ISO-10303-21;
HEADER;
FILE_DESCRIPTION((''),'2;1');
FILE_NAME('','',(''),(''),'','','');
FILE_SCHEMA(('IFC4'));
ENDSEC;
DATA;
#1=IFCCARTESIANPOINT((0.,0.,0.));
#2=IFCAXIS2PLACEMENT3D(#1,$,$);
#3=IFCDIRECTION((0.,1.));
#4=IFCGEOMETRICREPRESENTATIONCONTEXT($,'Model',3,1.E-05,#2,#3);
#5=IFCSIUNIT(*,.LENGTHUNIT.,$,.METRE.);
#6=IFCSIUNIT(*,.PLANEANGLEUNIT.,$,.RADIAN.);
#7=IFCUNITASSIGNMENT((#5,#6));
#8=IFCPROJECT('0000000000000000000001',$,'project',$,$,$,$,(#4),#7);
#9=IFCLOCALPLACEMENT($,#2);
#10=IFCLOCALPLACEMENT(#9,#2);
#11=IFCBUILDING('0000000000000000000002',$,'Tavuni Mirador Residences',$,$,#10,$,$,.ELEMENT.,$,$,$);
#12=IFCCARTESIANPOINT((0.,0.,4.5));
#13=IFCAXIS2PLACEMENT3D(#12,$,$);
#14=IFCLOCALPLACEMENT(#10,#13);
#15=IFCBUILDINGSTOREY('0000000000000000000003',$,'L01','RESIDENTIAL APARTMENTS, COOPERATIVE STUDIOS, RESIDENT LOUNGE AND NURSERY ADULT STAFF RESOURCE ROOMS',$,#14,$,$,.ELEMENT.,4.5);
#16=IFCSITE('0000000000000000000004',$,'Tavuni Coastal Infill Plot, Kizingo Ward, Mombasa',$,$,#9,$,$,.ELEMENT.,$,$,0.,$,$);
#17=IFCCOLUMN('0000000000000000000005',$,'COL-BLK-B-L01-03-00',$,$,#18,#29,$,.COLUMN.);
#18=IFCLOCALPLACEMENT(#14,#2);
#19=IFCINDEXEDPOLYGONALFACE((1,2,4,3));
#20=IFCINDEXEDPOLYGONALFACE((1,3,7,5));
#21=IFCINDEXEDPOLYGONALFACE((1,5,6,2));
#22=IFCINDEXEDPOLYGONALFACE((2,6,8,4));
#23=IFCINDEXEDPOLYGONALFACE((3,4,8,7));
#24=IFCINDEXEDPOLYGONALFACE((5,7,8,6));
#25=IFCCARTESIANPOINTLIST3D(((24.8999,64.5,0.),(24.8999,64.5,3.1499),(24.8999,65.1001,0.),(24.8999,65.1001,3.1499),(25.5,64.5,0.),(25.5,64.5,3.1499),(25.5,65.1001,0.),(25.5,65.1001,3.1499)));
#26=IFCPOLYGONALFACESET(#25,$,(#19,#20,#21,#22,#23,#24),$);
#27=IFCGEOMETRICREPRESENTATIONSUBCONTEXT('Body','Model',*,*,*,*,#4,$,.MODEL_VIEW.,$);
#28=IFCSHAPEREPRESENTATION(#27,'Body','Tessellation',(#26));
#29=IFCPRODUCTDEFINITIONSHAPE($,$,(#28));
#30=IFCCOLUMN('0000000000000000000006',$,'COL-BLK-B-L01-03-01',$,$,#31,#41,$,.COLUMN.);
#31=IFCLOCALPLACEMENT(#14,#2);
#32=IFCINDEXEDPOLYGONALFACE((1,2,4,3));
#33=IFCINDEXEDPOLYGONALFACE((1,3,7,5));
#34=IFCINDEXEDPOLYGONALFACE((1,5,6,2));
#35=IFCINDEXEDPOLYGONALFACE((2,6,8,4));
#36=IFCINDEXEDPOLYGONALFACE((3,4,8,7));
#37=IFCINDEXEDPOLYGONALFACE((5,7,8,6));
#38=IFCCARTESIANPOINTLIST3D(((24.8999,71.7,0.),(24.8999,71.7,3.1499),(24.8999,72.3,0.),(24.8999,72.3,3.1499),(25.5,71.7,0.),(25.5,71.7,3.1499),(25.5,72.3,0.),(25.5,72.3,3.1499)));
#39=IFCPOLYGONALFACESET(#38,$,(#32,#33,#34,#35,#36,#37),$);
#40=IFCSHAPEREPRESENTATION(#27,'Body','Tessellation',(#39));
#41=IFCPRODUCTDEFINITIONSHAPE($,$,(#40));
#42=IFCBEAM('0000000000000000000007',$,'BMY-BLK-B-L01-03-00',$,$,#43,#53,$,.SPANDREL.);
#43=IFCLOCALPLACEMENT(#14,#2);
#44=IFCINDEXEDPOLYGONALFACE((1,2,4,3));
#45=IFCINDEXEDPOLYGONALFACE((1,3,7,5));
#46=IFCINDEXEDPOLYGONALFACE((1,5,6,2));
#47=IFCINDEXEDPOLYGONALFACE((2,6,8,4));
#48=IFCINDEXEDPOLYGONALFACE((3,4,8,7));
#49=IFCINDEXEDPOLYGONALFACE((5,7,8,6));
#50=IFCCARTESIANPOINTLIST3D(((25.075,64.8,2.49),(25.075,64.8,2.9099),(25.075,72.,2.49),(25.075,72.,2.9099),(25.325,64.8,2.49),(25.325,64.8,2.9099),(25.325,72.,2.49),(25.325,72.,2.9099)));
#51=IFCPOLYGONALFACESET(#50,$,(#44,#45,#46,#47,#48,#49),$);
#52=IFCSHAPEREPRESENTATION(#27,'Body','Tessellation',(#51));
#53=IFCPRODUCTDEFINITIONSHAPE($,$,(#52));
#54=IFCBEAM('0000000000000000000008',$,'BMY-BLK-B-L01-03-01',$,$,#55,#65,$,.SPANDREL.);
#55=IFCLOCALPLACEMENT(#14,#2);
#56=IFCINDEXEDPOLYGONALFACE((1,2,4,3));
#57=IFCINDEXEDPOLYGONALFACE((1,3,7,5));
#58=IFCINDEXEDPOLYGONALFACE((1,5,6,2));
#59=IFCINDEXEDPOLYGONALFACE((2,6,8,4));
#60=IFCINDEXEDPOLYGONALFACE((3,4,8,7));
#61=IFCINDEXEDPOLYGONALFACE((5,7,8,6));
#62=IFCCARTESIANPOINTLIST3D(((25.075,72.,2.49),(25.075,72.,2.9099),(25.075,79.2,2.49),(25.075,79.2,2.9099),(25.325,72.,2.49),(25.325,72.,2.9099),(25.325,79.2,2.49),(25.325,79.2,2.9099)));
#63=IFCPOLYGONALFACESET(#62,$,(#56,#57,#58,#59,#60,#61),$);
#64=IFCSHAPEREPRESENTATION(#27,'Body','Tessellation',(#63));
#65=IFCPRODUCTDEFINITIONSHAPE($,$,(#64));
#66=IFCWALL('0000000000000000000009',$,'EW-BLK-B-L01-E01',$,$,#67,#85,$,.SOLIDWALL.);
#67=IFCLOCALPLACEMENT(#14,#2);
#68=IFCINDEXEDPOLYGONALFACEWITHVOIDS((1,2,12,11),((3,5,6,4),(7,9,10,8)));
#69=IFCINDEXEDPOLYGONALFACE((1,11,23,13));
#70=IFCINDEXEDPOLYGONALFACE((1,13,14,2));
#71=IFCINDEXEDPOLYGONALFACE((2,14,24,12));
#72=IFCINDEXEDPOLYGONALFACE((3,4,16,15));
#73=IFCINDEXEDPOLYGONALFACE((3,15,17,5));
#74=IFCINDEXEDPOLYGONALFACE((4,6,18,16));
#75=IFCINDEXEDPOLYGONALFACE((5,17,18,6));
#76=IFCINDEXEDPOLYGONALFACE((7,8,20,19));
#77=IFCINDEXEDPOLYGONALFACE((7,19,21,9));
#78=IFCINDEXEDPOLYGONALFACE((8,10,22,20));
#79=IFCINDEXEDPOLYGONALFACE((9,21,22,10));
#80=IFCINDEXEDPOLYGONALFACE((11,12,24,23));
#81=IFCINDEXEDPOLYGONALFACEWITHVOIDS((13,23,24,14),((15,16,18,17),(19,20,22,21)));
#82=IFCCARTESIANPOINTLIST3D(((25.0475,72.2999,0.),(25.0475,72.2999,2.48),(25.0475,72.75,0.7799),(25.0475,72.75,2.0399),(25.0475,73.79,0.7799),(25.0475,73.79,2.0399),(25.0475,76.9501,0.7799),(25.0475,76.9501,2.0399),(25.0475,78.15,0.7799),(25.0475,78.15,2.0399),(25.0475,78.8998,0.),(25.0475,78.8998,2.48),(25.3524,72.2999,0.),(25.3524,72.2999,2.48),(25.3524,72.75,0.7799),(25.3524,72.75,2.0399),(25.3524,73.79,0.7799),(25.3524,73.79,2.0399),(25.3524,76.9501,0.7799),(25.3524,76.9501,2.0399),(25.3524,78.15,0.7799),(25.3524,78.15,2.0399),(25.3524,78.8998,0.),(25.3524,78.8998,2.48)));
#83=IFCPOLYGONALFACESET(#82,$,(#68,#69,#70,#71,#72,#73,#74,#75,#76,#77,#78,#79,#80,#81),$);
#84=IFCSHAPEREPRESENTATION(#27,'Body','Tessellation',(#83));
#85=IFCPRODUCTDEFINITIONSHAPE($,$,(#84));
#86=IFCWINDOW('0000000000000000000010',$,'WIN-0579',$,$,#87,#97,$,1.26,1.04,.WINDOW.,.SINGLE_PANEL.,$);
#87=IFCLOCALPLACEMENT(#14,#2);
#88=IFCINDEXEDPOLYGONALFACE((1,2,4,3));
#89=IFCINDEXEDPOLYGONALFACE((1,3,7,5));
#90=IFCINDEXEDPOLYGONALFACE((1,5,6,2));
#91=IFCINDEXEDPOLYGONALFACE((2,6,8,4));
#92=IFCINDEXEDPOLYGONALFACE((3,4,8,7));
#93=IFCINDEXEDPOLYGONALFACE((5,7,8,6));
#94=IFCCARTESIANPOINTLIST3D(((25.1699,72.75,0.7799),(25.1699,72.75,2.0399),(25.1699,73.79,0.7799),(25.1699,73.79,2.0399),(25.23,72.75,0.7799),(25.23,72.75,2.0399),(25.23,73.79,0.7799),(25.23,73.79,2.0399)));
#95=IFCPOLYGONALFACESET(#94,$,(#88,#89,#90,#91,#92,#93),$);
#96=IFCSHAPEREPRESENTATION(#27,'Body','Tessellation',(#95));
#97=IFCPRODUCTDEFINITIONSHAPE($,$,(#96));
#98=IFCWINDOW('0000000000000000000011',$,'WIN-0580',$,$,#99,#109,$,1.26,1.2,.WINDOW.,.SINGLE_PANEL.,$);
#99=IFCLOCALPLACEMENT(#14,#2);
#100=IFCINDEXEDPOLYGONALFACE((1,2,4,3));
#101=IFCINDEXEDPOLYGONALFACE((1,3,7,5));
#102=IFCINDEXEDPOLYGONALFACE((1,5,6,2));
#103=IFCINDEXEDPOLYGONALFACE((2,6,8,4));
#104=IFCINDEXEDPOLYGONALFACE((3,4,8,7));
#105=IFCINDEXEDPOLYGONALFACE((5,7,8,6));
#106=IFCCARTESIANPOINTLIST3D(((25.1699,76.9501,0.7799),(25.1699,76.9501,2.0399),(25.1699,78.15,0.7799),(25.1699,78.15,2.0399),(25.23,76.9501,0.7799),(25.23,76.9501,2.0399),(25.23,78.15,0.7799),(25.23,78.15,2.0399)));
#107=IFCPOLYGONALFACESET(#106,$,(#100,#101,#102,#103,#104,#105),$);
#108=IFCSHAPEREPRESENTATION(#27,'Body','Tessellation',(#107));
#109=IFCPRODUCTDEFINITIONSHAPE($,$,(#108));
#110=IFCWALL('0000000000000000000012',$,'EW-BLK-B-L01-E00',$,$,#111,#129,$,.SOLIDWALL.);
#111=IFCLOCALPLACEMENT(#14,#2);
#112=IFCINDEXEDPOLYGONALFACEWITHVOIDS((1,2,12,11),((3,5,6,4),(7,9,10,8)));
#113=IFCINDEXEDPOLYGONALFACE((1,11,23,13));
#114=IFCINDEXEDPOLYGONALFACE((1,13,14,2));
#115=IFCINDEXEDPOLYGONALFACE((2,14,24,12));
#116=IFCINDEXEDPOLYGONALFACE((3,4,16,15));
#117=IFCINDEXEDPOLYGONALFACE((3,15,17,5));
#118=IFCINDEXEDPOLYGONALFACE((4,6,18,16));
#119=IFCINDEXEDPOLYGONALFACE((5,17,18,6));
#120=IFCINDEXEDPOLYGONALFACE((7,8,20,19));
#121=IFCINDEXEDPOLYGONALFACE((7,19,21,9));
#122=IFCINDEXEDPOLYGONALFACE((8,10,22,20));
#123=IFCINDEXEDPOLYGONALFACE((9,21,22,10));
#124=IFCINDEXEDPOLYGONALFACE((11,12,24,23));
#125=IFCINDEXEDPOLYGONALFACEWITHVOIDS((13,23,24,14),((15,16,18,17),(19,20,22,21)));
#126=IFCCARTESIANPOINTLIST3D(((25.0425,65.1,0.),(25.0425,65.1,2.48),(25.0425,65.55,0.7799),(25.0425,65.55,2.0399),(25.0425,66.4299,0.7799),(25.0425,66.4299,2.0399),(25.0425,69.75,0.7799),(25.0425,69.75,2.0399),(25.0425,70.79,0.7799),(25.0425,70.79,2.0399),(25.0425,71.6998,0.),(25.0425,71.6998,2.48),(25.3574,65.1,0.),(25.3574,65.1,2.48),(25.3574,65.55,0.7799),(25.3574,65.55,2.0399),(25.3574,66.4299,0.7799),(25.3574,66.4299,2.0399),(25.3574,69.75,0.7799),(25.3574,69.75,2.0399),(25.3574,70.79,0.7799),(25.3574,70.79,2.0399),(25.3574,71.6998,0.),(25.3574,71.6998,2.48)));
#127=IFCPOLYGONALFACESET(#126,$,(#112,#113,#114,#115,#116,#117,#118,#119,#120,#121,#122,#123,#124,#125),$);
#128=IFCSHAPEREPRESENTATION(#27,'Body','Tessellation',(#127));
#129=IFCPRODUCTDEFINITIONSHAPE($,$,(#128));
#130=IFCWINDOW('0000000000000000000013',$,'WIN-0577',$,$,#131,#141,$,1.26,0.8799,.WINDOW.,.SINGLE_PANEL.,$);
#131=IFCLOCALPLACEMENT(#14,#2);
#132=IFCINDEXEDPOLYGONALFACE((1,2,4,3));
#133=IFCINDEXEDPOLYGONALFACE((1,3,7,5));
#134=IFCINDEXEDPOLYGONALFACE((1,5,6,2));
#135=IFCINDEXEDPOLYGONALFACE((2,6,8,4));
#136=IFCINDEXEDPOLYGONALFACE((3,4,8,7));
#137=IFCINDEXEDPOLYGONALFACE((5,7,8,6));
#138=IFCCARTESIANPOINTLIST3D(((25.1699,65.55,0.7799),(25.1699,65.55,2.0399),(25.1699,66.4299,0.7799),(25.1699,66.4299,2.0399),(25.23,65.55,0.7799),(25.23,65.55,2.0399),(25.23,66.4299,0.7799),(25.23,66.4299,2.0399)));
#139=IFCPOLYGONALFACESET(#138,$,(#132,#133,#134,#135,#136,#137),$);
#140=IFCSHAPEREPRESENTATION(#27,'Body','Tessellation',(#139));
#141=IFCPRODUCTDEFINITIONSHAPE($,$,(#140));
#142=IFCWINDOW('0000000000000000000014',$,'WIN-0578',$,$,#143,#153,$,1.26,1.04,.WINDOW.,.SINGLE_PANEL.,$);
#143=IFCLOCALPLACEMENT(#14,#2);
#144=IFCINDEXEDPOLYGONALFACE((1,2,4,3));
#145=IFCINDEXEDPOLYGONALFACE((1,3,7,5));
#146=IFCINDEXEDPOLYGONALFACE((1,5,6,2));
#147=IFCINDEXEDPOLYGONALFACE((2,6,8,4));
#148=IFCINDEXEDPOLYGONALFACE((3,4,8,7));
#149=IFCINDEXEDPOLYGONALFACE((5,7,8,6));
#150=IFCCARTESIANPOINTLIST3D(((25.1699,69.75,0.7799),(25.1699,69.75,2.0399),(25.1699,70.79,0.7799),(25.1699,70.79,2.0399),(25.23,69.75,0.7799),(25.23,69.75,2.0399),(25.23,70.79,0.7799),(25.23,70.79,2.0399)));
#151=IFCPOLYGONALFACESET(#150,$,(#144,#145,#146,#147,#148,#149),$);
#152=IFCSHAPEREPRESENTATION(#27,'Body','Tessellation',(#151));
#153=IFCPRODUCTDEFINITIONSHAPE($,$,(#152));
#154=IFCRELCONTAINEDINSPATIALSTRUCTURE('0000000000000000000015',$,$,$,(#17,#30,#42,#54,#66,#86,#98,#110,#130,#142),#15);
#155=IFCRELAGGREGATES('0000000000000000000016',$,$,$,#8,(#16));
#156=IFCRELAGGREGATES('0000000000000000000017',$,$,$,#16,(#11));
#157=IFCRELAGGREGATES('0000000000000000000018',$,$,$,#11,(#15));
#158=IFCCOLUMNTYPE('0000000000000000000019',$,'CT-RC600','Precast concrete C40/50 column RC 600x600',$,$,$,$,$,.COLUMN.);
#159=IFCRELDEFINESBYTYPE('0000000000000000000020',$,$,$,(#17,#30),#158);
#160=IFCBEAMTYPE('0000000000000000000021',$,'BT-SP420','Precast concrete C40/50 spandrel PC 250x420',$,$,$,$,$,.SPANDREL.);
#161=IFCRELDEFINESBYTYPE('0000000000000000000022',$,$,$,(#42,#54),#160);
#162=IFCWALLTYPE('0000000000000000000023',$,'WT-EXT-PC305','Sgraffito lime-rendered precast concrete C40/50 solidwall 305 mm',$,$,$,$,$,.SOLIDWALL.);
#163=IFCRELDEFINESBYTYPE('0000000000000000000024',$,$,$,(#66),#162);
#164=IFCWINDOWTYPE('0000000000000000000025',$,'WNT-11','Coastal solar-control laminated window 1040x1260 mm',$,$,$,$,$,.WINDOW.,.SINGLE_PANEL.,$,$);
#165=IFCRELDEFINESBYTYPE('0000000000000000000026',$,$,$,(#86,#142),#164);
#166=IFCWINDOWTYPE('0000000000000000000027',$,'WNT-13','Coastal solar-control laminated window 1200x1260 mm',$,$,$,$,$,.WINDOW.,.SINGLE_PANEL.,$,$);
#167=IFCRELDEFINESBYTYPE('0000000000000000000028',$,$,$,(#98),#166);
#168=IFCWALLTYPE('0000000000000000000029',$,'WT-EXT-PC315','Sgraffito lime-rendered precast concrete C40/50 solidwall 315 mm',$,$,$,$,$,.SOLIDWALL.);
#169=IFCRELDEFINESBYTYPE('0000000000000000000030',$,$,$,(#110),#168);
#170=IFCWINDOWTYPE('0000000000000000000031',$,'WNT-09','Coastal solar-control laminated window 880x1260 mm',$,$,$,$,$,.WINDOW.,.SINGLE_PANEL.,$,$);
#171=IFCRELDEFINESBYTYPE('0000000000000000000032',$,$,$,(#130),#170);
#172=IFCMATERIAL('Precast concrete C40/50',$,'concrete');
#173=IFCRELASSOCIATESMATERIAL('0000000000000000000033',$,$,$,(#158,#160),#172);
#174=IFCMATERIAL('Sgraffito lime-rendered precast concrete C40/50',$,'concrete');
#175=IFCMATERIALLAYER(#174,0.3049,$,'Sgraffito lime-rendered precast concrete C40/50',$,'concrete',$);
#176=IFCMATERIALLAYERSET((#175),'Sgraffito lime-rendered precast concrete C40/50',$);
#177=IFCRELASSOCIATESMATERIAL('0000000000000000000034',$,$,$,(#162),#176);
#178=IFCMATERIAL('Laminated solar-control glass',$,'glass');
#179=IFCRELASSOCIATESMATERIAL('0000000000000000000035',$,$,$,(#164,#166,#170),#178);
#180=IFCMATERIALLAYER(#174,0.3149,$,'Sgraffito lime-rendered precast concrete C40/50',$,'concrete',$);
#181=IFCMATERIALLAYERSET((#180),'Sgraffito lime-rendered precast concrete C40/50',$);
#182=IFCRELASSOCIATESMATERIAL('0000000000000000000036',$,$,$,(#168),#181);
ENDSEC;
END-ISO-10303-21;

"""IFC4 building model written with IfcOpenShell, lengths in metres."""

from ifc_helpers import new_model, si_unit, direction, frame, frame_2d, origin, origin_2d, place, context, subcontext, project, spatial, rectangle, extrude, material, layer, layer_set, material_profile, profile_set, type_object, element, fill, save


model = new_model("IFC4")

# Units and contexts
model_context = context("Model", 3, precision=1e-05, world=origin(), true_north=direction((0.0, 1.0)))
body_context = subcontext(model_context, "Body", "Model", "MODEL_VIEW")
ifc_project = project(units=[si_unit("LENGTHUNIT", "METRE"), si_unit("PLANEANGLEUNIT", "RADIAN")], contexts=[model_context])

# Site, building, storey
site_placement = place(None, origin())
site = spatial("IfcSite", under=ifc_project, at=site_placement, Name="Tavuni Coastal Infill Plot, Kizingo Ward, Mombasa", CompositionType="ELEMENT", RefElevation=0.0)
building_placement = place(site_placement, origin())
building = spatial("IfcBuilding", under=site, at=building_placement, Name="Tavuni Mirador Residences", CompositionType="ELEMENT")
storey_placement = place(building_placement, frame((0.0, 0.0, 4.5)))
storey = spatial("IfcBuildingStorey", under=building, at=storey_placement, Name="L01", Description="RESIDENTIAL APARTMENTS, COOPERATIVE STUDIOS, RESIDENT LOUNGE AND NURSERY ADULT STAFF RESOURCE ROOMS", CompositionType="ELEMENT", Elevation=4.5)

# Columns
ifc_material_1 = material(Name="Precast concrete C40/50", Category="concrete")
ifc_material_profile_1 = material_profile(ifc_material_1, rectangle(XDim=0.6001, YDim=0.6001, at=origin_2d()), Name="RC 600x600", Category="concrete")
ifc_profile_set_1 = profile_set([ifc_material_profile_1], Name="Precast concrete C40/50")
column_type = type_object("IfcColumnType", Name="CT-RC600", Description="Precast concrete C40/50 column RC 600x600", PredefinedType="COLUMN", material=ifc_profile_set_1)
for number, where, z_axis, x_axis, name in (
    (1, (25.2, 64.8, 0.0), (0.0, 0.0, 1.0), (1.0, 0.0, 0.0), "COL-BLK-B-L01-03-00"),
    (2, (25.2, 72.0, 0.0), (0.0, 0.0, 1.0), (1.0, 0.0, 0.0), "COL-BLK-B-L01-03-01"),
):
    element("IfcColumn", number, at=place(storey_placement, frame(where, z_axis=z_axis, x_axis=x_axis)), inside=storey, type_object=column_type, Name=name, PredefinedType="COLUMN", context=body_context, shape_type="SweptSolid", body=[
        extrude(rectangle(XDim=0.6001, YDim=0.6001, at=origin_2d()), origin(), (0.0, 0.0, 1.0), 3.1499),
    ])

# Beams
ifc_material_profile_2 = material_profile(ifc_material_1, rectangle(XDim=0.25, YDim=0.4199, at=origin_2d()), Name="PC 250x420", Category="concrete")
ifc_profile_set_2 = profile_set([ifc_material_profile_2], Name="Precast concrete C40/50")
beam_type = type_object("IfcBeamType", Name="BT-SP420", Description="Precast concrete C40/50 spandrel PC 250x420", PredefinedType="SPANDREL", material=ifc_profile_set_2)
for number, where, z_axis, x_axis, name in (
    (3, (25.2, 64.8, 2.7), (0.0, 1.0, 0.0), (-1.0, 0.0, 0.0), "BMY-BLK-B-L01-03-00"),
    (4, (25.2, 72.0, 2.7), (0.0, 1.0, 0.0), (-1.0, 0.0, 0.0), "BMY-BLK-B-L01-03-01"),
):
    element("IfcBeam", number, at=place(storey_placement, frame(where, z_axis=z_axis, x_axis=x_axis)), inside=storey, type_object=beam_type, Name=name, PredefinedType="SPANDREL", context=body_context, shape_type="SweptSolid", body=[
        extrude(rectangle(XDim=0.25, YDim=0.4199, at=origin_2d()), origin(), (0.0, 0.0, 1.0), 7.2),
    ])

# Walls, openings, windows
ifc_material_2 = material(Name="Sgraffito lime-rendered precast concrete C40/50", Category="concrete")
ifc_layer_1 = layer(ifc_material_2, 0.3049, Name="Sgraffito lime-rendered precast concrete C40/50", Category="concrete")
ifc_layer_set_1 = layer_set([ifc_layer_1], Name="Sgraffito lime-rendered precast concrete C40/50")
wall_type_1 = type_object("IfcWallType", Name="WT-EXT-PC305", Description="Sgraffito lime-rendered precast concrete C40/50 solidwall 305 mm", PredefinedType="SOLIDWALL", material=ifc_layer_set_1)
wall_1_placement = place(storey_placement, frame((25.2, 72.3, 0.0), z_axis=(0.0, 0.0, 1.0), x_axis=(0.0, 1.0, 0.0)))
wall_1 = element("IfcWall", 5, at=wall_1_placement, inside=storey, type_object=wall_type_1, Name="EW-BLK-B-L01-E01", PredefinedType="SOLIDWALL", context=body_context, shape_type="SweptSolid", body=[
    extrude(rectangle(XDim=6.5999, YDim=0.3049, at=frame_2d((3.2998, 0.0))), origin(), (0.0, 0.0, 1.0), 2.48),
])
opening_1_placement = place(wall_1_placement, frame((0.45, 0.0, 0.78)))
opening_1 = element("IfcOpeningElement", 6, at=opening_1_placement, cuts=wall_1, PredefinedType="OPENING", context=body_context, shape_type="SweptSolid", body=[
    extrude(rectangle(XDim=1.04, YDim=1.26, at=frame_2d((0.52, 0.6299))), frame((0.0, 0.1626, 0.0), z_axis=(0.0, -1.0, 0.0), x_axis=(1.0, 0.0, 0.0)), (0.0, 0.0, 1.0), 0.325),
])
opening_2_placement = place(wall_1_placement, frame((4.6499, 0.0, 0.78)))
opening_2 = element("IfcOpeningElement", 7, at=opening_2_placement, cuts=wall_1, PredefinedType="OPENING", context=body_context, shape_type="SweptSolid", body=[
    extrude(rectangle(XDim=1.2, YDim=1.26, at=frame_2d((0.6001, 0.6299))), frame((0.0, 0.1626, 0.0), z_axis=(0.0, -1.0, 0.0), x_axis=(1.0, 0.0, 0.0)), (0.0, 0.0, 1.0), 0.325),
])
ifc_material_3 = material(Name="Laminated solar-control glass", Category="glass")
window_type_1 = type_object("IfcWindowType", Name="WNT-11", Description="Coastal solar-control laminated window 1040x1260 mm", PartitioningType="SINGLE_PANEL", PredefinedType="WINDOW", material=ifc_material_3)
window_1_placement = place(opening_1_placement, origin())
window_1 = element("IfcWindow", 8, at=window_1_placement, inside=storey, type_object=window_type_1, Name="WIN-0579", OverallHeight=1.26, OverallWidth=1.04, PartitioningType="SINGLE_PANEL", PredefinedType="WINDOW", context=body_context, shape_type="SweptSolid", body=[
    extrude(rectangle(XDim=1.04, YDim=1.26, at=frame_2d((0.52, 0.6299))), frame((0.0, 0.03, 0.0), z_axis=(0.0, -1.0, 0.0), x_axis=(1.0, 0.0, 0.0)), (0.0, 0.0, 1.0), 0.0601),
])
fill(opening_1, window_1)
window_type_2 = type_object("IfcWindowType", Name="WNT-13", Description="Coastal solar-control laminated window 1200x1260 mm", PartitioningType="SINGLE_PANEL", PredefinedType="WINDOW", material=ifc_material_3)
window_2_placement = place(opening_2_placement, origin())
window_2 = element("IfcWindow", 9, at=window_2_placement, inside=storey, type_object=window_type_2, Name="WIN-0580", OverallHeight=1.26, OverallWidth=1.2, PartitioningType="SINGLE_PANEL", PredefinedType="WINDOW", context=body_context, shape_type="SweptSolid", body=[
    extrude(rectangle(XDim=1.2, YDim=1.26, at=frame_2d((0.6001, 0.6299))), frame((0.0, 0.03, 0.0), z_axis=(0.0, -1.0, 0.0), x_axis=(1.0, 0.0, 0.0)), (0.0, 0.0, 1.0), 0.0601),
])
fill(opening_2, window_2)
ifc_layer_2 = layer(ifc_material_2, 0.3149, Name="Sgraffito lime-rendered precast concrete C40/50", Category="concrete")
ifc_layer_set_2 = layer_set([ifc_layer_2], Name="Sgraffito lime-rendered precast concrete C40/50")
wall_type_2 = type_object("IfcWallType", Name="WT-EXT-PC315", Description="Sgraffito lime-rendered precast concrete C40/50 solidwall 315 mm", PredefinedType="SOLIDWALL", material=ifc_layer_set_2)
wall_2_placement = place(storey_placement, frame((25.2, 65.1001, 0.0), z_axis=(0.0, 0.0, 1.0), x_axis=(0.0, 1.0, 0.0)))
wall_2 = element("IfcWall", 10, at=wall_2_placement, inside=storey, type_object=wall_type_2, Name="EW-BLK-B-L01-E00", PredefinedType="SOLIDWALL", context=body_context, shape_type="SweptSolid", body=[
    extrude(rectangle(XDim=6.5999, YDim=0.3149, at=frame_2d((3.2998, 0.0))), origin(), (0.0, 0.0, 1.0), 2.48),
])
opening_3_placement = place(wall_2_placement, frame((0.45, 0.0, 0.78)))
opening_3 = element("IfcOpeningElement", 11, at=opening_3_placement, cuts=wall_2, PredefinedType="OPENING", context=body_context, shape_type="SweptSolid", body=[
    extrude(rectangle(XDim=0.8799, YDim=1.26, at=frame_2d((0.4399, 0.6299))), frame((0.0, 0.1675, 0.0), z_axis=(0.0, -1.0, 0.0), x_axis=(1.0, 0.0, 0.0)), (0.0, 0.0, 1.0), 0.335),
])
opening_4_placement = place(wall_2_placement, frame((4.6499, 0.0, 0.78)))
opening_4 = element("IfcOpeningElement", 12, at=opening_4_placement, cuts=wall_2, PredefinedType="OPENING", context=body_context, shape_type="SweptSolid", body=[
    extrude(rectangle(XDim=1.04, YDim=1.26, at=frame_2d((0.52, 0.6299))), frame((0.0, 0.1675, 0.0), z_axis=(0.0, -1.0, 0.0), x_axis=(1.0, 0.0, 0.0)), (0.0, 0.0, 1.0), 0.335),
])
window_type_3 = type_object("IfcWindowType", Name="WNT-09", Description="Coastal solar-control laminated window 880x1260 mm", PartitioningType="SINGLE_PANEL", PredefinedType="WINDOW", material=ifc_material_3)
window_3_placement = place(opening_3_placement, origin())
window_3 = element("IfcWindow", 13, at=window_3_placement, inside=storey, type_object=window_type_3, Name="WIN-0577", OverallHeight=1.26, OverallWidth=0.8799, PartitioningType="SINGLE_PANEL", PredefinedType="WINDOW", context=body_context, shape_type="SweptSolid", body=[
    extrude(rectangle(XDim=0.8799, YDim=1.26, at=frame_2d((0.4399, 0.6299))), frame((0.0, 0.03, 0.0), z_axis=(0.0, -1.0, 0.0), x_axis=(1.0, 0.0, 0.0)), (0.0, 0.0, 1.0), 0.0601),
])
fill(opening_3, window_3)
window_4_placement = place(opening_4_placement, origin())
window_4 = element("IfcWindow", 14, at=window_4_placement, inside=storey, type_object=window_type_1, Name="WIN-0578", OverallHeight=1.26, OverallWidth=1.04, PartitioningType="SINGLE_PANEL", PredefinedType="WINDOW", context=body_context, shape_type="SweptSolid", body=[
    extrude(rectangle(XDim=1.04, YDim=1.26, at=frame_2d((0.52, 0.6299))), frame((0.0, 0.03, 0.0), z_axis=(0.0, -1.0, 0.0), x_axis=(1.0, 0.0, 0.0)), (0.0, 0.0, 1.0), 0.0601),
])
fill(opening_4, window_4)

save(model, "model.ifc")
